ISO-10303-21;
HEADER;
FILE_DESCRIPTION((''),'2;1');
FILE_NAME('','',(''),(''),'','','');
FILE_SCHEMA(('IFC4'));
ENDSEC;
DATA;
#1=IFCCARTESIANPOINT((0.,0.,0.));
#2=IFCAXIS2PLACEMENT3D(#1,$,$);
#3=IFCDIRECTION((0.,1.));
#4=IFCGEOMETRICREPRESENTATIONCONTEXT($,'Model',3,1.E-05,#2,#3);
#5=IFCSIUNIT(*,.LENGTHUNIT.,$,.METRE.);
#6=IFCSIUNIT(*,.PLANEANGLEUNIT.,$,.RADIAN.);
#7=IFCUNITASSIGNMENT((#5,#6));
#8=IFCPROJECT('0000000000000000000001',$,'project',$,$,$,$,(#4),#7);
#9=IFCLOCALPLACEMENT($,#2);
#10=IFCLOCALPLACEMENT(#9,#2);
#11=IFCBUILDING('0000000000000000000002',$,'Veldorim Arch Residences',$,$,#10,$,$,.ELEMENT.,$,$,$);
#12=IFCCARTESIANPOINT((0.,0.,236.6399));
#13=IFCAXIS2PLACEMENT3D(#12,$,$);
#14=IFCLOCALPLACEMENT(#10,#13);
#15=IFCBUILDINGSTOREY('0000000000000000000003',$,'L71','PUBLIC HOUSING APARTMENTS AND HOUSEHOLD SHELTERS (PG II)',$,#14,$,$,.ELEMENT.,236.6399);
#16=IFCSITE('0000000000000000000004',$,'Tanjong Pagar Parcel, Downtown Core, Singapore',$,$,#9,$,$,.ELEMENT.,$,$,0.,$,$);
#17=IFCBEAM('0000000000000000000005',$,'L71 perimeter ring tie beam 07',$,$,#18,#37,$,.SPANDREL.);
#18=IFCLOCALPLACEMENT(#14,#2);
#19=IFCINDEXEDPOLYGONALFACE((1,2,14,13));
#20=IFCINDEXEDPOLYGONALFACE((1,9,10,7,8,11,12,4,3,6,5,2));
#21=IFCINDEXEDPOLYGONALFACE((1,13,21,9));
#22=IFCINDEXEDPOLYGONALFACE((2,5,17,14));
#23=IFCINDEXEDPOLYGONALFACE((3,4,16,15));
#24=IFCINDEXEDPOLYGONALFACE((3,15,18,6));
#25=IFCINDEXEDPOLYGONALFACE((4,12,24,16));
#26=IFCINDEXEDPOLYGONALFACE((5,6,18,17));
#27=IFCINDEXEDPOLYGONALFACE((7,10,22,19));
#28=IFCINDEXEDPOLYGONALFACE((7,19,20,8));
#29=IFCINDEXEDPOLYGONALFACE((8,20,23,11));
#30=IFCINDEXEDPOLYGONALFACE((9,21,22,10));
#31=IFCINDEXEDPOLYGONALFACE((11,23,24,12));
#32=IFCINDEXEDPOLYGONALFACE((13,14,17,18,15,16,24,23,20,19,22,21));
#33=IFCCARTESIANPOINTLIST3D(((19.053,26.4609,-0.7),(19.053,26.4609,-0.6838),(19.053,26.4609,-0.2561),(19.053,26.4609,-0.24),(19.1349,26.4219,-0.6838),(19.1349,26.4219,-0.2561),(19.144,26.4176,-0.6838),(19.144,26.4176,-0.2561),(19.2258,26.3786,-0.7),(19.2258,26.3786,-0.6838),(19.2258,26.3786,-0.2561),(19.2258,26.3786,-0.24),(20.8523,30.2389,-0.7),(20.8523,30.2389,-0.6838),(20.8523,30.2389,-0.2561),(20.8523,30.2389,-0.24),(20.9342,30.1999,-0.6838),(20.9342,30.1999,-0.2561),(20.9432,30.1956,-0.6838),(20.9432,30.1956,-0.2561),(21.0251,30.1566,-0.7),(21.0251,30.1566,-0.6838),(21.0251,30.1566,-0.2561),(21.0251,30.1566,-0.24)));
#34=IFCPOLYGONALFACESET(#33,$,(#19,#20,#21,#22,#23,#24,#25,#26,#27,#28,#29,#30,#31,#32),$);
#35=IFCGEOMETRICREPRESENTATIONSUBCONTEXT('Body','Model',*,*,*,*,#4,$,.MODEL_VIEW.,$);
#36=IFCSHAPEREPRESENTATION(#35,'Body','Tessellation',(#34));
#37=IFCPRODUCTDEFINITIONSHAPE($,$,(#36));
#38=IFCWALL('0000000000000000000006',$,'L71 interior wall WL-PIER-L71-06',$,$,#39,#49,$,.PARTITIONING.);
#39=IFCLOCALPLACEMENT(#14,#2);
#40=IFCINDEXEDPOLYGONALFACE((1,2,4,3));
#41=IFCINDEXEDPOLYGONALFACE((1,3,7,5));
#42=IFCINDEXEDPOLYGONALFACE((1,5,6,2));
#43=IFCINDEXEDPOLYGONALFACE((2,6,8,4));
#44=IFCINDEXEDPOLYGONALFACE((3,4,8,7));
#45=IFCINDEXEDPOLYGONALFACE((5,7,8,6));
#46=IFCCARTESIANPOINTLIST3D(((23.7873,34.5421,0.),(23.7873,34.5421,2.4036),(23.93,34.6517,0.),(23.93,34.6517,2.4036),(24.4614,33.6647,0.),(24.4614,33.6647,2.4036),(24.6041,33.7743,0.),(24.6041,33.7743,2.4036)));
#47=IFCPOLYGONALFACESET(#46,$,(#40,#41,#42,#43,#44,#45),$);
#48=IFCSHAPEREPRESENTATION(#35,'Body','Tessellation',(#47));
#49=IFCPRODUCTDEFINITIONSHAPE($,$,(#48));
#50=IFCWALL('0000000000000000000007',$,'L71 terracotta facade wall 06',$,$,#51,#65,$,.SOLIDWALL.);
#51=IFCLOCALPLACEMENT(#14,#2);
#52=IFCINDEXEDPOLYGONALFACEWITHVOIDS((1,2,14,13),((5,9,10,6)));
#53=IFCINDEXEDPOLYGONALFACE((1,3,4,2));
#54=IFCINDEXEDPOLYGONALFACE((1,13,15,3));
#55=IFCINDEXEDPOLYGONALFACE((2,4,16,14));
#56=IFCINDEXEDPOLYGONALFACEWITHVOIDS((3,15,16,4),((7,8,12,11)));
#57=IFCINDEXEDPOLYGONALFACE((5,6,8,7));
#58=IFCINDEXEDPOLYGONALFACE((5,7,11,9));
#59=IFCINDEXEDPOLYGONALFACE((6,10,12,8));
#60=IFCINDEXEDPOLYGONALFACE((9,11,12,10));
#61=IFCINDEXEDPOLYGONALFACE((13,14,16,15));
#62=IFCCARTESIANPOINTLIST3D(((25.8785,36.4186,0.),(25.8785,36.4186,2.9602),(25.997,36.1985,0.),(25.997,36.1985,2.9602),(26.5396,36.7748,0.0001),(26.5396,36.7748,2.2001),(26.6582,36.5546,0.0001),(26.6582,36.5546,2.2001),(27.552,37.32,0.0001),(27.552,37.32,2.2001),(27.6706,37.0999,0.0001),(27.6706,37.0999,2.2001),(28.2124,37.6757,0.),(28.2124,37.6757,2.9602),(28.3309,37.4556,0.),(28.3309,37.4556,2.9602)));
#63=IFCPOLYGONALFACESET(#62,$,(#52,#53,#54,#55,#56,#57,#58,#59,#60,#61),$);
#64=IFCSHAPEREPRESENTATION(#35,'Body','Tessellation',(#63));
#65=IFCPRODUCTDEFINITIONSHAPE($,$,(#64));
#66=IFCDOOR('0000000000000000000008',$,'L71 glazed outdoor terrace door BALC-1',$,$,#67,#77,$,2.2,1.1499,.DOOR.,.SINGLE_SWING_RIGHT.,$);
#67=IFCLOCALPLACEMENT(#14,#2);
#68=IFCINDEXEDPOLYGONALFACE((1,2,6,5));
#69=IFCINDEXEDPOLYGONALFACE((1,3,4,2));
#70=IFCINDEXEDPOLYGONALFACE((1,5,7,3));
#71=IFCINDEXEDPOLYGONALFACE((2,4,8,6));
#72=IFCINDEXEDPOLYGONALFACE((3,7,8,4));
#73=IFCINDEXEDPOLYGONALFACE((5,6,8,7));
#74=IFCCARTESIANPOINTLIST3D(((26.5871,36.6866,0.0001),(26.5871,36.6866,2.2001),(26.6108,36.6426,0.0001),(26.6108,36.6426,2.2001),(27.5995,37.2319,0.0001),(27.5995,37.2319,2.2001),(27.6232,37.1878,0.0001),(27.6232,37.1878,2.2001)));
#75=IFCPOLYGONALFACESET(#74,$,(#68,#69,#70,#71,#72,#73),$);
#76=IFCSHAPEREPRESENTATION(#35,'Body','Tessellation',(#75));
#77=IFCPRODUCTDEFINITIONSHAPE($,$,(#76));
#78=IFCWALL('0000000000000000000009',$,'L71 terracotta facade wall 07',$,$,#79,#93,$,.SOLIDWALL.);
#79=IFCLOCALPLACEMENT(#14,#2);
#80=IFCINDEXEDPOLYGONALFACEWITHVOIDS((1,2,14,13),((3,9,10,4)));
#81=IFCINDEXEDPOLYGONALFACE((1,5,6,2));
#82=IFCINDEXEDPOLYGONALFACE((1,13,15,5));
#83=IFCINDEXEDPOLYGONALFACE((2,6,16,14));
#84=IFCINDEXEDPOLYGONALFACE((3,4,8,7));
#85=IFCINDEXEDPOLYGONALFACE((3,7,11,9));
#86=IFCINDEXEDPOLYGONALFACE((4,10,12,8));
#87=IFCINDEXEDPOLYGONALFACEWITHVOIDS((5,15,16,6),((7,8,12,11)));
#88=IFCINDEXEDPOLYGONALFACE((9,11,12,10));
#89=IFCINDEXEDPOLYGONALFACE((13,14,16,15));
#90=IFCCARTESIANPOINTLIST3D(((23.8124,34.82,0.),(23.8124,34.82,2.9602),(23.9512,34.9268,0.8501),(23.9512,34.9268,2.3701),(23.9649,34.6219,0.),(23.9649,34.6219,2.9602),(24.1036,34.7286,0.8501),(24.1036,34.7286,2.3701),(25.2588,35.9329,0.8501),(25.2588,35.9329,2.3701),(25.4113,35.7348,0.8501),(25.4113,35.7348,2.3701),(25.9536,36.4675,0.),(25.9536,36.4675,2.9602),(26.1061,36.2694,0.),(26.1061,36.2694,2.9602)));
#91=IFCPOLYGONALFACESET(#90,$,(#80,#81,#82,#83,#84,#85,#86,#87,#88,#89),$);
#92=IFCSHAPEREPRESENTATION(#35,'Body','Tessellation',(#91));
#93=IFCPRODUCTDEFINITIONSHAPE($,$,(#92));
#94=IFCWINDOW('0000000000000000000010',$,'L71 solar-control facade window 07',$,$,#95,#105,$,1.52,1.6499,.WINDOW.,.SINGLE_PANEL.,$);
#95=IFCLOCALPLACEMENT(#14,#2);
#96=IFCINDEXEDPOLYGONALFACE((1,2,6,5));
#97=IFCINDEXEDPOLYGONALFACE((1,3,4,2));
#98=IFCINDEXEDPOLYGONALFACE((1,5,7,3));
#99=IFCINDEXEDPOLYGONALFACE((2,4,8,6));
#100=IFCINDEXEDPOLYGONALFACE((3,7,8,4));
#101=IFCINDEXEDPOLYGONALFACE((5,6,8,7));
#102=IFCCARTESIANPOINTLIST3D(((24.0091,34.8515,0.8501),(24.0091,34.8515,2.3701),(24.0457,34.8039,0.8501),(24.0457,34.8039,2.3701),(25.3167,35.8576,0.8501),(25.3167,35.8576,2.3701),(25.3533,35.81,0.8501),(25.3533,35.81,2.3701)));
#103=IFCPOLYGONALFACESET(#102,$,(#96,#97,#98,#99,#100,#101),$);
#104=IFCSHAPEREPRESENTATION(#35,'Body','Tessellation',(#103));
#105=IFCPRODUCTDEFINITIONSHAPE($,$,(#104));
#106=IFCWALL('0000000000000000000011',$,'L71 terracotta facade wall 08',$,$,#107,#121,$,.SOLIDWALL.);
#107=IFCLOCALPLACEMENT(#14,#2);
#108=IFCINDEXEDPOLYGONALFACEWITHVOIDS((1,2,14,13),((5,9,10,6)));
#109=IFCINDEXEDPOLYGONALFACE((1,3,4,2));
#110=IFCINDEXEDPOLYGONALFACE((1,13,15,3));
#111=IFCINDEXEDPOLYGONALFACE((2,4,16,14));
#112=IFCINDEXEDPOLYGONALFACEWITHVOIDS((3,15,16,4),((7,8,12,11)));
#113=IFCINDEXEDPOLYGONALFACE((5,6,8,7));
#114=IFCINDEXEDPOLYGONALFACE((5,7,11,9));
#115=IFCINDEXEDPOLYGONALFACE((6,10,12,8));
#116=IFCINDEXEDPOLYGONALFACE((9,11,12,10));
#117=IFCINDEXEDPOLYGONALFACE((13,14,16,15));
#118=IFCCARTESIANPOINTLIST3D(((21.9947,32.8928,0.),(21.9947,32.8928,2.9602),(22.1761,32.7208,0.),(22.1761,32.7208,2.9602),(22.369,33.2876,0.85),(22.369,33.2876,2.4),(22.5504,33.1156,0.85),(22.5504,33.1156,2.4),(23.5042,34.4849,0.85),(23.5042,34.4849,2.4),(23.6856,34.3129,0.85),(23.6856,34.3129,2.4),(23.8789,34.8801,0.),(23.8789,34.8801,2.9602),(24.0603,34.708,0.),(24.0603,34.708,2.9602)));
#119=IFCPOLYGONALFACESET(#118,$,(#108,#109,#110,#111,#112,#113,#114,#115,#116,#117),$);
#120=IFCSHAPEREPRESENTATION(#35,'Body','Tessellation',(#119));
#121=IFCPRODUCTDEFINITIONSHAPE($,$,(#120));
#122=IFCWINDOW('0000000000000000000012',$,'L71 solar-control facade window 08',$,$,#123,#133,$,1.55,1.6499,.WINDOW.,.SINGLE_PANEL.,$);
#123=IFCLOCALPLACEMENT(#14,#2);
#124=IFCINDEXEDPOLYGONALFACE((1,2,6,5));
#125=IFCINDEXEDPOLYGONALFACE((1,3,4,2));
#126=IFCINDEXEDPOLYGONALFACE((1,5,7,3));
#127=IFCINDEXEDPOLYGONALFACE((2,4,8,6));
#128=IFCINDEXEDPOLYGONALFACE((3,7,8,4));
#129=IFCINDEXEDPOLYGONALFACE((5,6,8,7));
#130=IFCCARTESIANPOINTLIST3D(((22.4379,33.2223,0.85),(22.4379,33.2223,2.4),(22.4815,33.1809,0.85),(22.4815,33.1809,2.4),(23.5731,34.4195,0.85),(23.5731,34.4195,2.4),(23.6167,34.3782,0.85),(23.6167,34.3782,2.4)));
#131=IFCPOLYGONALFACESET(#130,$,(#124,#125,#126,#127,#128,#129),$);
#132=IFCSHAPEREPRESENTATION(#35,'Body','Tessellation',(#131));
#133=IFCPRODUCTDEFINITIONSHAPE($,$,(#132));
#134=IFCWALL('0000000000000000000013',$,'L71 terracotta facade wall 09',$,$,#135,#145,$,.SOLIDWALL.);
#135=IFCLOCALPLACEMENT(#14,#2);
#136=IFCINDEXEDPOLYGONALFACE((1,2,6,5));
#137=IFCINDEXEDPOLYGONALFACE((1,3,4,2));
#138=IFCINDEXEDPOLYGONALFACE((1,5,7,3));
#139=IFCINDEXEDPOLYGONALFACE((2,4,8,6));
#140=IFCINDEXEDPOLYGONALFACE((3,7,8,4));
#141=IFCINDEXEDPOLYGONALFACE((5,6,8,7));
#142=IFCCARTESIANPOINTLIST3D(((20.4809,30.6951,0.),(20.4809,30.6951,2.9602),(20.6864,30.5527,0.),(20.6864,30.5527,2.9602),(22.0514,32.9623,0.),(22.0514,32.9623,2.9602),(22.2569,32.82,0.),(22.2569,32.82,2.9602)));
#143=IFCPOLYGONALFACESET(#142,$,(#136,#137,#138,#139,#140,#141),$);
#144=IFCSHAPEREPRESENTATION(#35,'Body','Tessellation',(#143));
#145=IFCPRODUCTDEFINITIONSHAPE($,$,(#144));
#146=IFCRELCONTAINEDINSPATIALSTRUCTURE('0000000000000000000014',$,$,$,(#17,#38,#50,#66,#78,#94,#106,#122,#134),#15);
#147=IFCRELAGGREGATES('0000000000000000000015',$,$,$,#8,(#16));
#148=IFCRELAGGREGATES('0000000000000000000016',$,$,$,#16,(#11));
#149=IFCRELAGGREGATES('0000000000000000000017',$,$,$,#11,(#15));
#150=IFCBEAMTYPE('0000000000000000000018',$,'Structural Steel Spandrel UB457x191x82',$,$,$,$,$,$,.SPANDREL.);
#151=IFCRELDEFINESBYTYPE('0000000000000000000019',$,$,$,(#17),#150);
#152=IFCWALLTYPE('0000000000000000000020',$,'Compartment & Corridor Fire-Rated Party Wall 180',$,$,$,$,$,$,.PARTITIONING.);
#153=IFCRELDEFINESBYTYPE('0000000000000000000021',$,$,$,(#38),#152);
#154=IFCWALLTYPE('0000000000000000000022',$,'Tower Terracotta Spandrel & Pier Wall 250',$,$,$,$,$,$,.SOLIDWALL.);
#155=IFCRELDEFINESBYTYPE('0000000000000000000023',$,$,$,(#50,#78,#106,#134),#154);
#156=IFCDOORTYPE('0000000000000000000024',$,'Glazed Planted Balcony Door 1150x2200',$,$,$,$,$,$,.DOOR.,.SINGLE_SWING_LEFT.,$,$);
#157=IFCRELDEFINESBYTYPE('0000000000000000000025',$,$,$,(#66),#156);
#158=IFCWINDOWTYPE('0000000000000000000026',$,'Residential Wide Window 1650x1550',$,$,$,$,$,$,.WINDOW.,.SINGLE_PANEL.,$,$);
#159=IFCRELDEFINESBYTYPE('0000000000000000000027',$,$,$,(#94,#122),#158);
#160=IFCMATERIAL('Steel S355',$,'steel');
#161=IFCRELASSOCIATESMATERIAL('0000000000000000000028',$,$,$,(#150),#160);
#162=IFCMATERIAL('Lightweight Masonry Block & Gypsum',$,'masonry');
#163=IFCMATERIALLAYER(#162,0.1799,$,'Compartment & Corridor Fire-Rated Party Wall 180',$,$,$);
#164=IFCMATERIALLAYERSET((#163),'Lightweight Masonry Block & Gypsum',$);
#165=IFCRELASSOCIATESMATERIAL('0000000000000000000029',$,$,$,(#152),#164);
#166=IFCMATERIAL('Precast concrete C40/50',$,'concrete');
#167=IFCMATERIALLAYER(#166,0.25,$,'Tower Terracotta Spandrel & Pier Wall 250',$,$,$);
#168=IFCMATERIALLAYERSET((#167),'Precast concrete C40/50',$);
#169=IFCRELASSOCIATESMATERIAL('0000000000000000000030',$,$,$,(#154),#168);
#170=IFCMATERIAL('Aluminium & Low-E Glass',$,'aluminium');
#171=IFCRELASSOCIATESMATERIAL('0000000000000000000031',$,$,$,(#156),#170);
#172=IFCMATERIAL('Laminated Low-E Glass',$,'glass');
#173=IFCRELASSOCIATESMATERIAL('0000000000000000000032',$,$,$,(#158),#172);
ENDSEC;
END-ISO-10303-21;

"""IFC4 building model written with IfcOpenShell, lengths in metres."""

from ifc_helpers import new_model, si_unit, direction, frame, frame_2d, origin, origin_2d, place, context, subcontext, project, spatial, rectangle, i_section, extrude, material, layer, layer_set, material_profile, profile_set, type_object, element, fill, save


model = new_model("IFC4")

# Units and contexts
model_context = context("Model", 3, precision=1e-05, world=origin(), true_north=direction((0.0, 1.0)))
body_context = subcontext(model_context, "Body", "Model", "MODEL_VIEW")
ifc_project = project(units=[si_unit("LENGTHUNIT", "METRE"), si_unit("PLANEANGLEUNIT", "RADIAN")], contexts=[model_context])

# Site, building, storey
site_placement = place(None, origin())
site = spatial("IfcSite", under=ifc_project, at=site_placement, Name="Tanjong Pagar Parcel, Downtown Core, Singapore", CompositionType="ELEMENT", RefElevation=0.0)
building_placement = place(site_placement, origin())
building = spatial("IfcBuilding", under=site, at=building_placement, Name="Veldorim Arch Residences", CompositionType="ELEMENT")
storey_placement = place(building_placement, frame((0.0, 0.0, 236.6399)))
storey = spatial("IfcBuildingStorey", under=building, at=storey_placement, Name="L71", Description="PUBLIC HOUSING APARTMENTS AND HOUSEHOLD SHELTERS (PG II)", CompositionType="ELEMENT", Elevation=236.6399)

# Beam
ifc_material_1 = material(Name="Steel S355", Category="steel")
ifc_material_profile_1 = material_profile(ifc_material_1, i_section(OverallWidth=0.1914, OverallDepth=0.46, WebThickness=0.01, FlangeThickness=0.0161, at=origin_2d()), Name="UB457x191x82")
ifc_profile_set_1 = profile_set([ifc_material_profile_1], Name="Steel S355")
beam_type_1 = type_object("IfcBeamType", Name="Structural Steel Spandrel UB457x191x82", PredefinedType="SPANDREL", material=ifc_profile_set_1)
beam_1_placement = place(storey_placement, frame((20.9387, 30.1978, -0.47), z_axis=(-0.429979, -0.902839, 0.0), x_axis=(0.902839, -0.429979, 0.0)))
element("IfcBeam", 1, at=beam_1_placement, inside=storey, type_object=beam_type_1, Name="L71 perimeter ring tie beam 07", PredefinedType="SPANDREL", context=body_context, shape_type="SweptSolid", body=[
    extrude(i_section(OverallWidth=0.1914, OverallDepth=0.46, WebThickness=0.01, FlangeThickness=0.0161, at=origin_2d()), origin(), (0.0, 0.0, 1.0), 4.1846),
])

# Wall
ifc_material_2 = material(Name="Lightweight Masonry Block & Gypsum", Category="masonry")
ifc_layer_1 = layer(ifc_material_2, 0.1799, Name="Compartment & Corridor Fire-Rated Party Wall 180")
ifc_layer_set_1 = layer_set([ifc_layer_1], Name="Lightweight Masonry Block & Gypsum")
wall_type_1 = type_object("IfcWallType", Name="Compartment & Corridor Fire-Rated Party Wall 180", PredefinedType="PARTITIONING", material=ifc_layer_set_1)
wall_1_placement = place(storey_placement, frame((24.5327, 33.7195, 0.0), z_axis=(0.0, 0.0, 1.0), x_axis=(-0.609209, 0.793009, 0.0)))
element("IfcWall", 2, at=wall_1_placement, inside=storey, type_object=wall_type_1, Name="L71 interior wall WL-PIER-L71-06", PredefinedType="PARTITIONING", context=body_context, shape_type="SweptSolid", body=[
    extrude(rectangle(XDim=1.1064, YDim=0.1799, at=frame_2d((0.5532, 0.0))), origin(), (0.0, 0.0, 1.0), 2.4036),
])

# Wall, opening, door
ifc_material_3 = material(Name="Precast concrete C40/50", Category="concrete")
ifc_layer_2 = layer(ifc_material_3, 0.25, Name="Tower Terracotta Spandrel & Pier Wall 250")
ifc_layer_set_2 = layer_set([ifc_layer_2], Name="Precast concrete C40/50")
wall_type_2 = type_object("IfcWallType", Name="Tower Terracotta Spandrel & Pier Wall 250", PredefinedType="SOLIDWALL", material=ifc_layer_set_2)
wall_2_placement = place(storey_placement, frame((25.9377, 36.3086, 0.0), z_axis=(0.0, 0.0, 1.0), x_axis=(0.880421, 0.474193, 0.0)))
wall_2 = element("IfcWall", 3, at=wall_2_placement, inside=storey, type_object=wall_type_2, Name="L71 terracotta facade wall 06", PredefinedType="SOLIDWALL", context=body_context, shape_type="SweptSolid", body=[
    extrude(rectangle(XDim=2.6509, YDim=0.25, at=frame_2d((1.3254, 0.0))), origin(), (0.0, 0.0, 1.0), 2.9602),
])
opening_1_placement = place(wall_2_placement, frame((0.751, 0.0, 0.0)))
opening_1 = element("IfcOpeningElement", 4, at=opening_1_placement, cuts=wall_2, PredefinedType="OPENING", context=body_context, shape_type="SweptSolid", body=[
    extrude(rectangle(XDim=1.1499, YDim=2.2, at=frame_2d((0.575, 1.1001))), frame((0.0, 0.135, 0.0), z_axis=(0.0, -1.0, 0.0), x_axis=(1.0, 0.0, 0.0)), (0.0, 0.0, 1.0), 0.27),
])
ifc_material_4 = material(Name="Aluminium & Low-E Glass", Category="aluminium")
door_type_1 = type_object("IfcDoorType", Name="Glazed Planted Balcony Door 1150x2200", OperationType="SINGLE_SWING_LEFT", PredefinedType="DOOR", material=ifc_material_4)
door_1_placement = place(opening_1_placement, origin())
door_1 = element("IfcDoor", 5, at=door_1_placement, inside=storey, type_object=door_type_1, Name="L71 glazed outdoor terrace door BALC-1", OperationType="SINGLE_SWING_RIGHT", OverallHeight=2.2, OverallWidth=1.1499, PredefinedType="DOOR", context=body_context, shape_type="SweptSolid", body=[
    extrude(rectangle(XDim=1.1499, YDim=2.2, at=frame_2d((0.575, 1.1001))), frame((0.0, 0.0249, 0.0), z_axis=(0.0, -1.0, 0.0), x_axis=(1.0, 0.0, 0.0)), (0.0, 0.0, 1.0), 0.05),
])
fill(opening_1, door_1)

# Walls, openings, windows
wall_3_placement = place(storey_placement, frame((23.8887, 34.7209, 0.0), z_axis=(0.0, 0.0, 1.0), x_axis=(0.792543, 0.609816, 0.0)))
wall_3 = element("IfcWall", 6, at=wall_3_placement, inside=storey, type_object=wall_type_2, Name="L71 terracotta facade wall 07", PredefinedType="SOLIDWALL", context=body_context, shape_type="SweptSolid", body=[
    extrude(rectangle(XDim=2.7017, YDim=0.25, at=frame_2d((1.3508, 0.0))), origin(), (0.0, 0.0, 1.0), 2.9602),
])
opening_2_placement = place(wall_3_placement, frame((0.175, 0.0, 0.8501)))
opening_2 = element("IfcOpeningElement", 7, at=opening_2_placement, cuts=wall_3, PredefinedType="OPENING", context=body_context, shape_type="SweptSolid", body=[
    extrude(rectangle(XDim=1.6499, YDim=1.52, at=frame_2d((0.825, 0.76))), frame((0.0, 0.135, 0.0), z_axis=(0.0, -1.0, 0.0), x_axis=(1.0, 0.0, 0.0)), (0.0, 0.0, 1.0), 0.27),
])
ifc_material_5 = material(Name="Laminated Low-E Glass", Category="glass")
window_type_1 = type_object("IfcWindowType", Name="Residential Wide Window 1650x1550", PartitioningType="SINGLE_PANEL", PredefinedType="WINDOW", material=ifc_material_5)
window_1_placement = place(opening_2_placement, origin())
window_1 = element("IfcWindow", 8, at=window_1_placement, inside=storey, type_object=window_type_1, Name="L71 solar-control facade window 07", OverallHeight=1.52, OverallWidth=1.6499, PartitioningType="SINGLE_PANEL", PredefinedType="WINDOW", context=body_context, shape_type="SweptSolid", body=[
    extrude(rectangle(XDim=1.6499, YDim=1.52, at=frame_2d((0.825, 0.76))), frame((0.0, 0.03, 0.0), z_axis=(0.0, -1.0, 0.0), x_axis=(1.0, 0.0, 0.0)), (0.0, 0.0, 1.0), 0.0601),
])
fill(opening_2, window_1)
wall_4_placement = place(storey_placement, frame((22.0854, 32.8069, 0.0), z_axis=(0.0, 0.0, 1.0), x_axis=(0.688046, 0.725667, 0.0)))
wall_4 = element("IfcWall", 9, at=wall_4_placement, inside=storey, type_object=wall_type_2, Name="L71 terracotta facade wall 08", PredefinedType="SOLIDWALL", context=body_context, shape_type="SweptSolid", body=[
    extrude(rectangle(XDim=2.7385, YDim=0.25, at=frame_2d((1.3691, 0.0))), origin(), (0.0, 0.0, 1.0), 2.9602),
])
opening_3_placement = place(wall_4_placement, frame((0.5439, 0.0, 0.8501)))
opening_3 = element("IfcOpeningElement", 10, at=opening_3_placement, cuts=wall_4, PredefinedType="OPENING", context=body_context, shape_type="SweptSolid", body=[
    extrude(rectangle(XDim=1.6499, YDim=1.55, at=frame_2d((0.825, 0.7749))), frame((0.0, 0.135, 0.0), z_axis=(0.0, -1.0, 0.0), x_axis=(1.0, 0.0, 0.0)), (0.0, 0.0, 1.0), 0.27),
])
window_2_placement = place(opening_3_placement, origin())
window_2 = element("IfcWindow", 11, at=window_2_placement, inside=storey, type_object=window_type_1, Name="L71 solar-control facade window 08", OverallHeight=1.55, OverallWidth=1.6499, PartitioningType="SINGLE_PANEL", PredefinedType="WINDOW", context=body_context, shape_type="SweptSolid", body=[
    extrude(rectangle(XDim=1.6499, YDim=1.55, at=frame_2d((0.825, 0.7749))), frame((0.0, 0.03, 0.0), z_axis=(0.0, -1.0, 0.0), x_axis=(1.0, 0.0, 0.0)), (0.0, 0.0, 1.0), 0.0601),
])
fill(opening_3, window_2)

# Wall
wall_5_placement = place(storey_placement, frame((20.5837, 30.624, 0.0), z_axis=(0.0, 0.0, 1.0), x_axis=(0.569422, 0.822046, 0.0)))
element("IfcWall", 12, at=wall_5_placement, inside=storey, type_object=wall_type_2, Name="L71 terracotta facade wall 09", PredefinedType="SOLIDWALL", context=body_context, shape_type="SweptSolid", body=[
    extrude(rectangle(XDim=2.7581, YDim=0.25, at=frame_2d((1.3789, 0.0))), origin(), (0.0, 0.0, 1.0), 2.9602),
])

save(model, "model.ifc")
